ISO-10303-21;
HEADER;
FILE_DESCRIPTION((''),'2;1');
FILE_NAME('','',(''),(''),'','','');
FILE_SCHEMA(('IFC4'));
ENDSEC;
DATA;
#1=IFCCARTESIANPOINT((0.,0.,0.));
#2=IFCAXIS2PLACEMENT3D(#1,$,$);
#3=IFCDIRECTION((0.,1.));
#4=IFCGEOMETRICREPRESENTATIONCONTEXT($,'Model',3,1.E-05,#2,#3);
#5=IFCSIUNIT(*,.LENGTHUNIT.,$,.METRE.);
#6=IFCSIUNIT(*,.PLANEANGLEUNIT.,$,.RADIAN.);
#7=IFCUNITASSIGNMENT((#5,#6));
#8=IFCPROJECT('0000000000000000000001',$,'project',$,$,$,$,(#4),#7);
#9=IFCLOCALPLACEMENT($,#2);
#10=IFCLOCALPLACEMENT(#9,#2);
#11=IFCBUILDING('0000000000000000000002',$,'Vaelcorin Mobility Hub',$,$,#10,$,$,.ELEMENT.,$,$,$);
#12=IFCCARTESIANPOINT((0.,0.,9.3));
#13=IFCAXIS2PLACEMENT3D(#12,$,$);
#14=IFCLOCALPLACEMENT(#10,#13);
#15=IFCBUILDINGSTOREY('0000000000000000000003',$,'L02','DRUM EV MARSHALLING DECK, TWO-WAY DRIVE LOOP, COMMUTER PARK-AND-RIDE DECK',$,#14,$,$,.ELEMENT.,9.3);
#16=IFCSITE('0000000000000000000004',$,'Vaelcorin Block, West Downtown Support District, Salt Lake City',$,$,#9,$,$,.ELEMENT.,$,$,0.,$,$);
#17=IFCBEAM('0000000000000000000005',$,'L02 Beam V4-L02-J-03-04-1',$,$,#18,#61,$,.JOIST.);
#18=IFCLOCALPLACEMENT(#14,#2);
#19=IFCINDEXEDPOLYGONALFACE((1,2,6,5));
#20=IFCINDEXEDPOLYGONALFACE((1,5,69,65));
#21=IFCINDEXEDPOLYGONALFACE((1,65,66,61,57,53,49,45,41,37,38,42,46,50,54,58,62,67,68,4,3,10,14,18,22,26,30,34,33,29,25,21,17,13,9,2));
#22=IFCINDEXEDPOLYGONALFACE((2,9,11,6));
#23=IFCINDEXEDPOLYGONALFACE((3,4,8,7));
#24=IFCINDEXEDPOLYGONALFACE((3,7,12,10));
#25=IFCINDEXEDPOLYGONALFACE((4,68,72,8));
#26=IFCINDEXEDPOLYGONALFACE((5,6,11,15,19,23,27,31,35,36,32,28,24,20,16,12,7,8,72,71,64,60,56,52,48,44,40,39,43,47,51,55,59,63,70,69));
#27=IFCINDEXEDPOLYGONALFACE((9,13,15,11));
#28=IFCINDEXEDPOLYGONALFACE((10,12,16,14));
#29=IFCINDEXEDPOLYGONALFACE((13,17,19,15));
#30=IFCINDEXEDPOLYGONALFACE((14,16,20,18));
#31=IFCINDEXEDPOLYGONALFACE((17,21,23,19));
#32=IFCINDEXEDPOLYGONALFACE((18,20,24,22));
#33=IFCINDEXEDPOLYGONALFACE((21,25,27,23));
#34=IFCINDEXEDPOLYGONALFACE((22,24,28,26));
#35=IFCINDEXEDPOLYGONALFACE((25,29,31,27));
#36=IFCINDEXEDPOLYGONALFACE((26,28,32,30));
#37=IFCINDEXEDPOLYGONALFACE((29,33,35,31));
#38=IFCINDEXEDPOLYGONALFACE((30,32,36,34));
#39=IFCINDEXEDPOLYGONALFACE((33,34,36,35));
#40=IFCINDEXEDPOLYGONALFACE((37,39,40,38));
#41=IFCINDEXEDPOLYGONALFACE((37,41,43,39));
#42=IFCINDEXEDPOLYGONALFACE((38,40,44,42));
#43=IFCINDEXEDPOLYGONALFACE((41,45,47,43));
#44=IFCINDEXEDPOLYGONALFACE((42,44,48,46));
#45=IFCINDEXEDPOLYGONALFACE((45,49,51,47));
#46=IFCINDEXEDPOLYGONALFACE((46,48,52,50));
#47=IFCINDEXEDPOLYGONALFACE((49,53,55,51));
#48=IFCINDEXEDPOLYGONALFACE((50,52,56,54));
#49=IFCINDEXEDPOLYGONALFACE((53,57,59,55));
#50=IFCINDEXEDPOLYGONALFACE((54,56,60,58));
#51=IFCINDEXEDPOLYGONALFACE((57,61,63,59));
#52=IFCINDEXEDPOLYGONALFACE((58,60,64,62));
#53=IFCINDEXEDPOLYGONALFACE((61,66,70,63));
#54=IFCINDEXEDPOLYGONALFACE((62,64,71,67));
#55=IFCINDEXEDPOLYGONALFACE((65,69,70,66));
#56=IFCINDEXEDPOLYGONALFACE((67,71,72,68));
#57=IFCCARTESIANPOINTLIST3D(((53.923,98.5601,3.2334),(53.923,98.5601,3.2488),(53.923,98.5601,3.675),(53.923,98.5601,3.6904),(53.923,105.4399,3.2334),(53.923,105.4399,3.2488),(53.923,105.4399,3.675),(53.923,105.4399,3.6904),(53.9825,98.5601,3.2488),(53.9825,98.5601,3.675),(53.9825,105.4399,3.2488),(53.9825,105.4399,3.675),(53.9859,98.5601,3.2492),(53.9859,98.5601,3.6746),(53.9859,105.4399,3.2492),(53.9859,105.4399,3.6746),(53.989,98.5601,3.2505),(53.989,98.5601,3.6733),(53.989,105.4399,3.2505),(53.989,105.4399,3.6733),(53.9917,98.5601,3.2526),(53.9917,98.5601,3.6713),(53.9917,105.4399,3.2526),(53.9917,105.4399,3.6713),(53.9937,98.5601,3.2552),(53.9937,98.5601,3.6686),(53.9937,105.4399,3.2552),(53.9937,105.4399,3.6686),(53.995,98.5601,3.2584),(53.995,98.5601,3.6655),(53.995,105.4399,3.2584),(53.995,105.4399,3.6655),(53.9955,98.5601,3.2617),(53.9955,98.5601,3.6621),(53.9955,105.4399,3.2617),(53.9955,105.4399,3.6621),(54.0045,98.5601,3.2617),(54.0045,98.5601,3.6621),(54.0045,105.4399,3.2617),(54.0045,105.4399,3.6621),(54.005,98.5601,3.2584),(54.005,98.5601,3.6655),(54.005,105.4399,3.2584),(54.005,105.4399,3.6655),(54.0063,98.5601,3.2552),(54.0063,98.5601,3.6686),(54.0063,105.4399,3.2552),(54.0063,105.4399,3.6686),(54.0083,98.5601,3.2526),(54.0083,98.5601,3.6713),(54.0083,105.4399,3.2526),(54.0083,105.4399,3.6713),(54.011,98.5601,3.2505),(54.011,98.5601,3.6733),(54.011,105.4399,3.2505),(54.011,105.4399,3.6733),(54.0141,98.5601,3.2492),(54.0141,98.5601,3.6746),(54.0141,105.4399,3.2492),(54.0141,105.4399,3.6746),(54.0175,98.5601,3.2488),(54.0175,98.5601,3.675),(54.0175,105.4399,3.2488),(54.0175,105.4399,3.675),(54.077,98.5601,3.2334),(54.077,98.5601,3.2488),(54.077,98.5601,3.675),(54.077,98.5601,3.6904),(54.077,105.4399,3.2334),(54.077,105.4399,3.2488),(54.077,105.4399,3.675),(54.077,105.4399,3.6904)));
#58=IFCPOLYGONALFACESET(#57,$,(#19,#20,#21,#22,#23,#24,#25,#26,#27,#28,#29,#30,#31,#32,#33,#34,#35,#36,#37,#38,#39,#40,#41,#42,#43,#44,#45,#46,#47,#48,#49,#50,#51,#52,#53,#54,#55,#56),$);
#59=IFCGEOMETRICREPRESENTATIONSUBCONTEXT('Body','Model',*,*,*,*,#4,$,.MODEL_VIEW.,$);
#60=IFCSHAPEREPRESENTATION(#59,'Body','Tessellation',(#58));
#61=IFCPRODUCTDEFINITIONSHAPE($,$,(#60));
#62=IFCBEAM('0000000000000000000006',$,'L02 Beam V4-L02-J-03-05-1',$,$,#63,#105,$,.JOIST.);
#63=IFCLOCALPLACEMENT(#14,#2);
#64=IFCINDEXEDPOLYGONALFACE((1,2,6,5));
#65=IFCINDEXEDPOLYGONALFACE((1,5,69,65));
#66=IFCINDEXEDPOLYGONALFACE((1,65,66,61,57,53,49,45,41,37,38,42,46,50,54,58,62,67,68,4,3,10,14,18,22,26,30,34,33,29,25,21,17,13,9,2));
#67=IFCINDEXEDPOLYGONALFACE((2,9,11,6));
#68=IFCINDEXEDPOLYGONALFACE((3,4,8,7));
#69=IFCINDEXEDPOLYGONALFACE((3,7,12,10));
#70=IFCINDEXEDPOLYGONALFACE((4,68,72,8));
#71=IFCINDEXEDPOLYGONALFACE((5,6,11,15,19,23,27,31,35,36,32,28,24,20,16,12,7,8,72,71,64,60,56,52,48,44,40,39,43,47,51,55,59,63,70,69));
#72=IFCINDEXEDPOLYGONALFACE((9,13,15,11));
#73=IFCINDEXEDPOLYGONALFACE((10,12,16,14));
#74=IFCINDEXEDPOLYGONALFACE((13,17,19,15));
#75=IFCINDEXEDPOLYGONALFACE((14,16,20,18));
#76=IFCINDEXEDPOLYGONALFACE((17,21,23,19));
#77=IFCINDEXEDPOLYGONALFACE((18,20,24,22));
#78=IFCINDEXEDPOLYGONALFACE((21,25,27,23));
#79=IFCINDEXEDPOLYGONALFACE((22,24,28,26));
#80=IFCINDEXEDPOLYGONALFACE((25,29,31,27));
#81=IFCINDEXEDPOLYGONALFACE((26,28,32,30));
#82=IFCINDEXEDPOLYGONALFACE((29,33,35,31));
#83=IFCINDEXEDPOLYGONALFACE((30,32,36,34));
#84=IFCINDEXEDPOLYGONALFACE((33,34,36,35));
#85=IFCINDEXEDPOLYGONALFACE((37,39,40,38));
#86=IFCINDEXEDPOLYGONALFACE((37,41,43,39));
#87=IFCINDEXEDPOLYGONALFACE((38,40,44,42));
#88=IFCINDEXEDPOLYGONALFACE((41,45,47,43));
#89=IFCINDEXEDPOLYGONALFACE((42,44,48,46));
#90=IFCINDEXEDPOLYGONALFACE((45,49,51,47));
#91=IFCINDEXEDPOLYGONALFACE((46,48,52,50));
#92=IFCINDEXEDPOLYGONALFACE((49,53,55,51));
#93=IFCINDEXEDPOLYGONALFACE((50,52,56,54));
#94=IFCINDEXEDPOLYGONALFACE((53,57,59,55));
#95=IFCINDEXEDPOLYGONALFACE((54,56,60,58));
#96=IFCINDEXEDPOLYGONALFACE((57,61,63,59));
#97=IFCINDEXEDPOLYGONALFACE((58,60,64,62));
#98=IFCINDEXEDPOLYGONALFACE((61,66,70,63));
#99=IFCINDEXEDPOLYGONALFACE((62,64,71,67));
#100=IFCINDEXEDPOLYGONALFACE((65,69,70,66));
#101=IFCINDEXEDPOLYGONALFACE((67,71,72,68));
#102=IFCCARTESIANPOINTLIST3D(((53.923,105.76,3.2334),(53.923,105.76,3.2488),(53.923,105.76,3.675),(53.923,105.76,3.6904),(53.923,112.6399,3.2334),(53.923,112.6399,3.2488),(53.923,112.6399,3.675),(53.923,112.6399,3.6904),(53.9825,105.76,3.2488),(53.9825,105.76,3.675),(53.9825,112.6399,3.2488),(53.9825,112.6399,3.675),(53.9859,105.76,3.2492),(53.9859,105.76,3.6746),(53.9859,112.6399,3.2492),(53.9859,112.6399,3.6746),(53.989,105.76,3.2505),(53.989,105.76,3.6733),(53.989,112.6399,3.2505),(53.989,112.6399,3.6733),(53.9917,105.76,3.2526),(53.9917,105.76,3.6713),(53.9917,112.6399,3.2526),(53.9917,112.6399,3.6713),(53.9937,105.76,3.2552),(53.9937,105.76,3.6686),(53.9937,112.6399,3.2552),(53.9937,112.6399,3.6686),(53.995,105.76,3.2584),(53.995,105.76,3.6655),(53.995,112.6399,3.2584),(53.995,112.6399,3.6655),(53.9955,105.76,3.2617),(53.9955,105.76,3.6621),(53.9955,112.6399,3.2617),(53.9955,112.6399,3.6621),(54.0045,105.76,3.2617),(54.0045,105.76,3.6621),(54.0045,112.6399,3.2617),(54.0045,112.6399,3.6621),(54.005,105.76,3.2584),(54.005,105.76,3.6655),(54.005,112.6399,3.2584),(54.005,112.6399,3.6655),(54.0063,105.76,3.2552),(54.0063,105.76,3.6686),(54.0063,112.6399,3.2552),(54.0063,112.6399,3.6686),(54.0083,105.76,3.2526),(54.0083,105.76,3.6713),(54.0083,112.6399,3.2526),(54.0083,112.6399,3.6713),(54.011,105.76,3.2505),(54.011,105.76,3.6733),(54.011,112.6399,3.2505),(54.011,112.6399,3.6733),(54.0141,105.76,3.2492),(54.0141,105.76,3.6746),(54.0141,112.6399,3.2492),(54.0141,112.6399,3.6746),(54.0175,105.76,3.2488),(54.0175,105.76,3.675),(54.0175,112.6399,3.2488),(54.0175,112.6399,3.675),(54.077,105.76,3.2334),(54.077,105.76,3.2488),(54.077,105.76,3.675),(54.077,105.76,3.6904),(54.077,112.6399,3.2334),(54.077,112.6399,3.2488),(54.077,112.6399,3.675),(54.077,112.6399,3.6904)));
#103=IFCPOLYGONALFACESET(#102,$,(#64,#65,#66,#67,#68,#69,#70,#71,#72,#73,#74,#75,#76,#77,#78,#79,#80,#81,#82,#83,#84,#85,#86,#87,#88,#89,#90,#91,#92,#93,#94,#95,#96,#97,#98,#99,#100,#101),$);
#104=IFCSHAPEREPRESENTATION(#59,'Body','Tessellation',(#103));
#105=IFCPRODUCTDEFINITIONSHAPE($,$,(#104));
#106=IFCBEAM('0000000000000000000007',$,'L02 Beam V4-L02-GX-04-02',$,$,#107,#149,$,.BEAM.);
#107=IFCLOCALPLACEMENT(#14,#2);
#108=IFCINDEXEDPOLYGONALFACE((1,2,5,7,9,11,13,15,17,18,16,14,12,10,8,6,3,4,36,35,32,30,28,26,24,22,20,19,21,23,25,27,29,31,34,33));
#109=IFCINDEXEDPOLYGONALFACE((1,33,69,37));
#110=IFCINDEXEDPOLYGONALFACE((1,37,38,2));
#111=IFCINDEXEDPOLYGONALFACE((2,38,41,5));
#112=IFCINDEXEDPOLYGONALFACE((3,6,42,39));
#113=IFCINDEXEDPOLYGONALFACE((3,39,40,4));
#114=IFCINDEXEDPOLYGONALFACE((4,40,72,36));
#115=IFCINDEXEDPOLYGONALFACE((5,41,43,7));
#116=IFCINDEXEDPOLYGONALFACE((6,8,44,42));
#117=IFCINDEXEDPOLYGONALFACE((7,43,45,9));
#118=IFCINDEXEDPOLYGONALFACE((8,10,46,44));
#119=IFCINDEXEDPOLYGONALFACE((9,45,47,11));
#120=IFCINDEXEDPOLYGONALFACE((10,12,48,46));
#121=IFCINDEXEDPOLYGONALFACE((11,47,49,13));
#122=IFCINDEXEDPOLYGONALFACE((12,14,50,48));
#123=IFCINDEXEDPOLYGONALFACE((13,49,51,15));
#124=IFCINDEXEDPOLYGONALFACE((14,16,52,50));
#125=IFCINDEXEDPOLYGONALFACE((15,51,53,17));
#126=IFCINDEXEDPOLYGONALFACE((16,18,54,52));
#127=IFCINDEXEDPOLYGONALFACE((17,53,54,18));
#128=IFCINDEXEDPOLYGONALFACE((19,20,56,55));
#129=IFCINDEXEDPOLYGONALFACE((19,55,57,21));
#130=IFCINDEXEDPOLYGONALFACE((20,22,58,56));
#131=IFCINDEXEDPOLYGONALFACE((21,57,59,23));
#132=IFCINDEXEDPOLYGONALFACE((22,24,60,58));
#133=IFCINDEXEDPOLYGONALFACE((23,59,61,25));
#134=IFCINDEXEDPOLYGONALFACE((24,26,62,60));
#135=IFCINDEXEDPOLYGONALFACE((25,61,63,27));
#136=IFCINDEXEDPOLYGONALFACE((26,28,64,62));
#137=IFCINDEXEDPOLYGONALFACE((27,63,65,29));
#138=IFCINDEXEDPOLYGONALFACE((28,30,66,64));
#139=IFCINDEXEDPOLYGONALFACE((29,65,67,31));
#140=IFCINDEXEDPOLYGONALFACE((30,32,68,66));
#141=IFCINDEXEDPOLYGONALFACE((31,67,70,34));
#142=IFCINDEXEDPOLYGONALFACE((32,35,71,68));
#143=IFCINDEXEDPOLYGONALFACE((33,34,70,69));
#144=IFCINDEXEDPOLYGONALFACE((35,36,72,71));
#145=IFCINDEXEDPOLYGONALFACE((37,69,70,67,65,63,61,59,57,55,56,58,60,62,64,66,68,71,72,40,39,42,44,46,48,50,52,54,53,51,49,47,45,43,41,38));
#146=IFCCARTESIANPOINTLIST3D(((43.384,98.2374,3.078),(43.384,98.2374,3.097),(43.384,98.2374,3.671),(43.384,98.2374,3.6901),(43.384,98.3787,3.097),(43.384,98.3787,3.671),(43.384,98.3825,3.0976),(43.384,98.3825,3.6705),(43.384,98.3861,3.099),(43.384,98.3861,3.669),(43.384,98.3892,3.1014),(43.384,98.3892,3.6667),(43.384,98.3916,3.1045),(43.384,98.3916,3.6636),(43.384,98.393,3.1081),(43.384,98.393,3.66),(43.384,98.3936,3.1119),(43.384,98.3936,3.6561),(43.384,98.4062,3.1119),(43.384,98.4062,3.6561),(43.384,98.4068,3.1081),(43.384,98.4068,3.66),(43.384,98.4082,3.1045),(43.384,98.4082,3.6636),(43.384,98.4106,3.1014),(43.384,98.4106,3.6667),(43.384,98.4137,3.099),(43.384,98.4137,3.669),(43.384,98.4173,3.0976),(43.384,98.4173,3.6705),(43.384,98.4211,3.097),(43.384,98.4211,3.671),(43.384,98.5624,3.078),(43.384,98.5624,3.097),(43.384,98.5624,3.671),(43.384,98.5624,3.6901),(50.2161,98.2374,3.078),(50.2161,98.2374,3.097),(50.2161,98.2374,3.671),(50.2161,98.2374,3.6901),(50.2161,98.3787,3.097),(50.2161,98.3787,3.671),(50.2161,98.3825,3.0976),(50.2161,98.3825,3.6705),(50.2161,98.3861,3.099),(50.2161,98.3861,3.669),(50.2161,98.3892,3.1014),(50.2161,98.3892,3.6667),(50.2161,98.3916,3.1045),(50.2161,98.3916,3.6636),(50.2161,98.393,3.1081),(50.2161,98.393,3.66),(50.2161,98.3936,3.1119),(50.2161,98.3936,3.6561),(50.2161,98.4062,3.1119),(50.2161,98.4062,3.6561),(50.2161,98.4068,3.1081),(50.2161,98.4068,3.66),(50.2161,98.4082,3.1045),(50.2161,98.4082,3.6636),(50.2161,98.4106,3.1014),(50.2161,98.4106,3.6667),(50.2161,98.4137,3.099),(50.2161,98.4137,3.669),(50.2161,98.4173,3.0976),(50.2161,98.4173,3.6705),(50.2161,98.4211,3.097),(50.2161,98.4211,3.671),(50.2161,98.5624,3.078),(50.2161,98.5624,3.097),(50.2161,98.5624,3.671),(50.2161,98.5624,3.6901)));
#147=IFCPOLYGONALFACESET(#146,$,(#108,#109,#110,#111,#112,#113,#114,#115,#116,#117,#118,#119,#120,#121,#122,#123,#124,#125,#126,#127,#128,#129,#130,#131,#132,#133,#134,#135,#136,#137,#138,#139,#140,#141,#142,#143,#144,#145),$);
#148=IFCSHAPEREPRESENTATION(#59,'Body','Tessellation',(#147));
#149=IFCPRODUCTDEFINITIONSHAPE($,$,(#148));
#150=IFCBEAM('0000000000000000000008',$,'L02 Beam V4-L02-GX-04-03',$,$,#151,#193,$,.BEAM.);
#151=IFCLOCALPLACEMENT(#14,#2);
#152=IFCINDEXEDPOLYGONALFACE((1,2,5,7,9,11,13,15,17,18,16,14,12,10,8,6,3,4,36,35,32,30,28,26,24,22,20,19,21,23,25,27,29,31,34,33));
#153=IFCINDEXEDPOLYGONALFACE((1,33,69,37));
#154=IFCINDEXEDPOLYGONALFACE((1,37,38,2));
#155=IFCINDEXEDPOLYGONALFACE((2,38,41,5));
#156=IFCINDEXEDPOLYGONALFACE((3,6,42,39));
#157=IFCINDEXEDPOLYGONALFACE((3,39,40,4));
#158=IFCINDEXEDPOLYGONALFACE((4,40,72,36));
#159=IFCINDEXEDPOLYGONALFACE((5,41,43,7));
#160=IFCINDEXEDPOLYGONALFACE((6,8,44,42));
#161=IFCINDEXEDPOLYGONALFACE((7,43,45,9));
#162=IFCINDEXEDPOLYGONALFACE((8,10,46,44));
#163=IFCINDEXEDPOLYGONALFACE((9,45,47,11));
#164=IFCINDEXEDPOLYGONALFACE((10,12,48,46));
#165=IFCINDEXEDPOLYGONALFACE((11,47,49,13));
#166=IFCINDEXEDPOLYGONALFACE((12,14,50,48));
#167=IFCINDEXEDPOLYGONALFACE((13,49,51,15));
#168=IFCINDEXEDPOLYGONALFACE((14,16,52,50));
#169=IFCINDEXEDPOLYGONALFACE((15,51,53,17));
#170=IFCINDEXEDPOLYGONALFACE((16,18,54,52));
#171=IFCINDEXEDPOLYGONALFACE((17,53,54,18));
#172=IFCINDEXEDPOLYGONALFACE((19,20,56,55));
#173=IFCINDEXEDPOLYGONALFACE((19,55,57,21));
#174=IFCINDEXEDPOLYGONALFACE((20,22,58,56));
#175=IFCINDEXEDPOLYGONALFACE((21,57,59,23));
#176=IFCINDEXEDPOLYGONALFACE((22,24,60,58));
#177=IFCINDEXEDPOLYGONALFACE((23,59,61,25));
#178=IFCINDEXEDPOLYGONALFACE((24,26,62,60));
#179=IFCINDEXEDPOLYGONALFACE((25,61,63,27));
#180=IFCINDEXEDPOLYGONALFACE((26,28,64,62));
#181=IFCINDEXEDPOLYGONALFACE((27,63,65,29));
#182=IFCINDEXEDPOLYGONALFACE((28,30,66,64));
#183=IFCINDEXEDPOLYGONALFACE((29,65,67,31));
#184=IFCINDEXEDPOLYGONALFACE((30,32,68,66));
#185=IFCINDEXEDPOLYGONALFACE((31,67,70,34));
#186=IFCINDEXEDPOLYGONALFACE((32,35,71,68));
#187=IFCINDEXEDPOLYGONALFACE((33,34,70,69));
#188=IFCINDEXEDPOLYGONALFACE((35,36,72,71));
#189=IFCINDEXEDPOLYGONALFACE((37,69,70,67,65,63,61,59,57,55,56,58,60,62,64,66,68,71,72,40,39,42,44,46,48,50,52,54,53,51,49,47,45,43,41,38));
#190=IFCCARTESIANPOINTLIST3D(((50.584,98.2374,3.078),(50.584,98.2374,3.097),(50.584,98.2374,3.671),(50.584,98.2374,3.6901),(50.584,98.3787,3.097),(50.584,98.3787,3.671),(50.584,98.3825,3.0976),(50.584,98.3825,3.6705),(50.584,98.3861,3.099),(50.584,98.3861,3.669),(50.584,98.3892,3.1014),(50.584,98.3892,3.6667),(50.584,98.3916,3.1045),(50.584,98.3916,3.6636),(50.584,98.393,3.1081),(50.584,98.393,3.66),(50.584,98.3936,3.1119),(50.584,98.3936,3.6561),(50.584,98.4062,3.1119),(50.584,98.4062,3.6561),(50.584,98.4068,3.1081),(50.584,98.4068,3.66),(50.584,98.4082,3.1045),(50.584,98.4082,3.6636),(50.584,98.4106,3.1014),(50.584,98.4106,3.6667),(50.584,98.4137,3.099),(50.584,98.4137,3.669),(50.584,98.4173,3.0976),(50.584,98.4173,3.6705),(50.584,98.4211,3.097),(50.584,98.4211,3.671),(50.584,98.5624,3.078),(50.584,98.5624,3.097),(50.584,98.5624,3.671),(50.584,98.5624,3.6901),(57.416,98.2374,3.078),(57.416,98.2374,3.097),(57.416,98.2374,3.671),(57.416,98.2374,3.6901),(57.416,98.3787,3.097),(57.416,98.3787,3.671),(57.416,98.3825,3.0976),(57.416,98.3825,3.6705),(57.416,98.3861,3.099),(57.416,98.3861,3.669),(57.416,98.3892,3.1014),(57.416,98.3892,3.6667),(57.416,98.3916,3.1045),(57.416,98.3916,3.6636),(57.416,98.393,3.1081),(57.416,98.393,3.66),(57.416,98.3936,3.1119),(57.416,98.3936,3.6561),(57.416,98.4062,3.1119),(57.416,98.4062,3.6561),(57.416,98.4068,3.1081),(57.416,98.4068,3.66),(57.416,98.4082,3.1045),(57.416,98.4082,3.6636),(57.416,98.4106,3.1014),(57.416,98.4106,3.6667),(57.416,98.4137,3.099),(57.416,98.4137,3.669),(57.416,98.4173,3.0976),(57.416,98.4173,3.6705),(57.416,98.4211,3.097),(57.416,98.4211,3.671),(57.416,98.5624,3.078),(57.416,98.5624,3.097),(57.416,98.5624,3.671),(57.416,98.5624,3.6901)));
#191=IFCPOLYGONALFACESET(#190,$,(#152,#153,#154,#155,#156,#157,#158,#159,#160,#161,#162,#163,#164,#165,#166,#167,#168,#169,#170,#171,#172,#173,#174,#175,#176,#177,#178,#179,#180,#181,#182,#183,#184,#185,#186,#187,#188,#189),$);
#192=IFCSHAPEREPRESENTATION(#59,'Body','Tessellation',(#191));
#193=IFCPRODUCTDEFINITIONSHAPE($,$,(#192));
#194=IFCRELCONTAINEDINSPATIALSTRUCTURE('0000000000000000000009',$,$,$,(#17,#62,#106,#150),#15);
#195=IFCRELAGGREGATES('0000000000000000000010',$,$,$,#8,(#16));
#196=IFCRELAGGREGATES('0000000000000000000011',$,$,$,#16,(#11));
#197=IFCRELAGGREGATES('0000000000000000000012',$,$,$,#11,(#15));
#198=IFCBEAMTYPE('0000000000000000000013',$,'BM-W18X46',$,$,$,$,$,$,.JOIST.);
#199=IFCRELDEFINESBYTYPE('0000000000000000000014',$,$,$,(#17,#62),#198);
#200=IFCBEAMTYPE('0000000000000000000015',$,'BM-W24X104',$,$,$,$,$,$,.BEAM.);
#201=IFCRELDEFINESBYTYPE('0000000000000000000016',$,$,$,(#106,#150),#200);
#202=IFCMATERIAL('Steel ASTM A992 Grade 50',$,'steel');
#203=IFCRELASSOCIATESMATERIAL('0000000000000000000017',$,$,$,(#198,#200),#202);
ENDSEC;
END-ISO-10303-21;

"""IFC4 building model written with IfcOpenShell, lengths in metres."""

from ifc_helpers import new_model, si_unit, direction, frame, origin, origin_2d, place, context, subcontext, project, spatial, i_section, extrude, material, material_profile, profile_set, type_object, element, save


model = new_model("IFC4")

# Units and contexts
model_context = context("Model", 3, precision=1e-05, world=origin(), true_north=direction((0.0, 1.0)))
body_context = subcontext(model_context, "Body", "Model", "MODEL_VIEW")
ifc_project = project(units=[si_unit("LENGTHUNIT", "METRE"), si_unit("PLANEANGLEUNIT", "RADIAN")], contexts=[model_context])

# Site, building, storey
site_placement = place(None, origin())
site = spatial("IfcSite", under=ifc_project, at=site_placement, Name="Vaelcorin Block, West Downtown Support District, Salt Lake City", CompositionType="ELEMENT", RefElevation=0.0)
building_placement = place(site_placement, origin())
building = spatial("IfcBuilding", under=site, at=building_placement, Name="Vaelcorin Mobility Hub", CompositionType="ELEMENT")
storey_placement = place(building_placement, frame((0.0, 0.0, 9.3)))
storey = spatial("IfcBuildingStorey", under=building, at=storey_placement, Name="L02", Description="DRUM EV MARSHALLING DECK, TWO-WAY DRIVE LOOP, COMMUTER PARK-AND-RIDE DECK", CompositionType="ELEMENT", Elevation=9.3)

# Shared definitions
ifc_material_1 = material(Name="Steel ASTM A992 Grade 50", Category="steel")

# Beams
ifc_material_profile_1 = material_profile(ifc_material_1, i_section(OverallWidth=0.1541, OverallDepth=0.457, WebThickness=0.009, FlangeThickness=0.0154, FilletRadius=0.0129, at=origin_2d()), Name="W18X46")
ifc_profile_set_1 = profile_set([ifc_material_profile_1], Name="Steel ASTM A992 Grade 50")
beam_type_1 = type_object("IfcBeamType", Name="BM-W18X46", PredefinedType="JOIST", material=ifc_profile_set_1)
for number, where, z_axis, x_axis, name in (
    (1, (54.0, 98.5601, 3.4619), (0.0, 1.0, 0.0), (-1.0, 0.0, 0.0), "L02 Beam V4-L02-J-03-04-1"),
    (2, (54.0, 105.76, 3.4619), (0.0, 1.0, 0.0), (-1.0, 0.0, 0.0), "L02 Beam V4-L02-J-03-05-1"),
):
    element("IfcBeam", number, at=place(storey_placement, frame(where, z_axis=z_axis, x_axis=x_axis)), inside=storey, type_object=beam_type_1, Name=name, PredefinedType="JOIST", context=body_context, shape_type="SweptSolid", body=[
        extrude(i_section(OverallWidth=0.1541, OverallDepth=0.457, WebThickness=0.009, FlangeThickness=0.0154, FilletRadius=0.0129, at=origin_2d()), origin(), (0.0, 0.0, 1.0), 6.8799),
    ])
ifc_material_profile_2 = material_profile(ifc_material_1, i_section(OverallWidth=0.325, OverallDepth=0.6121, WebThickness=0.0127, FlangeThickness=0.019, FilletRadius=0.0149, at=origin_2d()), Name="W24X104")
ifc_profile_set_2 = profile_set([ifc_material_profile_2], Name="Steel ASTM A992 Grade 50")
beam_type_2 = type_object("IfcBeamType", Name="BM-W24X104", PredefinedType="BEAM", material=ifc_profile_set_2)
for number, where, z_axis, x_axis, name in (
    (3, (43.384, 98.3999, 3.384), (1.0, 0.0, 0.0), (0.0, 1.0, 0.0), "L02 Beam V4-L02-GX-04-02"),
    (4, (50.584, 98.3999, 3.384), (1.0, 0.0, 0.0), (0.0, 1.0, 0.0), "L02 Beam V4-L02-GX-04-03"),
):
    element("IfcBeam", number, at=place(storey_placement, frame(where, z_axis=z_axis, x_axis=x_axis)), inside=storey, type_object=beam_type_2, Name=name, PredefinedType="BEAM", context=body_context, shape_type="SweptSolid", body=[
        extrude(i_section(OverallWidth=0.325, OverallDepth=0.6121, WebThickness=0.0127, FlangeThickness=0.019, FilletRadius=0.0149, at=origin_2d()), origin(), (0.0, 0.0, 1.0), 6.832),
    ])

save(model, "model.ifc")
